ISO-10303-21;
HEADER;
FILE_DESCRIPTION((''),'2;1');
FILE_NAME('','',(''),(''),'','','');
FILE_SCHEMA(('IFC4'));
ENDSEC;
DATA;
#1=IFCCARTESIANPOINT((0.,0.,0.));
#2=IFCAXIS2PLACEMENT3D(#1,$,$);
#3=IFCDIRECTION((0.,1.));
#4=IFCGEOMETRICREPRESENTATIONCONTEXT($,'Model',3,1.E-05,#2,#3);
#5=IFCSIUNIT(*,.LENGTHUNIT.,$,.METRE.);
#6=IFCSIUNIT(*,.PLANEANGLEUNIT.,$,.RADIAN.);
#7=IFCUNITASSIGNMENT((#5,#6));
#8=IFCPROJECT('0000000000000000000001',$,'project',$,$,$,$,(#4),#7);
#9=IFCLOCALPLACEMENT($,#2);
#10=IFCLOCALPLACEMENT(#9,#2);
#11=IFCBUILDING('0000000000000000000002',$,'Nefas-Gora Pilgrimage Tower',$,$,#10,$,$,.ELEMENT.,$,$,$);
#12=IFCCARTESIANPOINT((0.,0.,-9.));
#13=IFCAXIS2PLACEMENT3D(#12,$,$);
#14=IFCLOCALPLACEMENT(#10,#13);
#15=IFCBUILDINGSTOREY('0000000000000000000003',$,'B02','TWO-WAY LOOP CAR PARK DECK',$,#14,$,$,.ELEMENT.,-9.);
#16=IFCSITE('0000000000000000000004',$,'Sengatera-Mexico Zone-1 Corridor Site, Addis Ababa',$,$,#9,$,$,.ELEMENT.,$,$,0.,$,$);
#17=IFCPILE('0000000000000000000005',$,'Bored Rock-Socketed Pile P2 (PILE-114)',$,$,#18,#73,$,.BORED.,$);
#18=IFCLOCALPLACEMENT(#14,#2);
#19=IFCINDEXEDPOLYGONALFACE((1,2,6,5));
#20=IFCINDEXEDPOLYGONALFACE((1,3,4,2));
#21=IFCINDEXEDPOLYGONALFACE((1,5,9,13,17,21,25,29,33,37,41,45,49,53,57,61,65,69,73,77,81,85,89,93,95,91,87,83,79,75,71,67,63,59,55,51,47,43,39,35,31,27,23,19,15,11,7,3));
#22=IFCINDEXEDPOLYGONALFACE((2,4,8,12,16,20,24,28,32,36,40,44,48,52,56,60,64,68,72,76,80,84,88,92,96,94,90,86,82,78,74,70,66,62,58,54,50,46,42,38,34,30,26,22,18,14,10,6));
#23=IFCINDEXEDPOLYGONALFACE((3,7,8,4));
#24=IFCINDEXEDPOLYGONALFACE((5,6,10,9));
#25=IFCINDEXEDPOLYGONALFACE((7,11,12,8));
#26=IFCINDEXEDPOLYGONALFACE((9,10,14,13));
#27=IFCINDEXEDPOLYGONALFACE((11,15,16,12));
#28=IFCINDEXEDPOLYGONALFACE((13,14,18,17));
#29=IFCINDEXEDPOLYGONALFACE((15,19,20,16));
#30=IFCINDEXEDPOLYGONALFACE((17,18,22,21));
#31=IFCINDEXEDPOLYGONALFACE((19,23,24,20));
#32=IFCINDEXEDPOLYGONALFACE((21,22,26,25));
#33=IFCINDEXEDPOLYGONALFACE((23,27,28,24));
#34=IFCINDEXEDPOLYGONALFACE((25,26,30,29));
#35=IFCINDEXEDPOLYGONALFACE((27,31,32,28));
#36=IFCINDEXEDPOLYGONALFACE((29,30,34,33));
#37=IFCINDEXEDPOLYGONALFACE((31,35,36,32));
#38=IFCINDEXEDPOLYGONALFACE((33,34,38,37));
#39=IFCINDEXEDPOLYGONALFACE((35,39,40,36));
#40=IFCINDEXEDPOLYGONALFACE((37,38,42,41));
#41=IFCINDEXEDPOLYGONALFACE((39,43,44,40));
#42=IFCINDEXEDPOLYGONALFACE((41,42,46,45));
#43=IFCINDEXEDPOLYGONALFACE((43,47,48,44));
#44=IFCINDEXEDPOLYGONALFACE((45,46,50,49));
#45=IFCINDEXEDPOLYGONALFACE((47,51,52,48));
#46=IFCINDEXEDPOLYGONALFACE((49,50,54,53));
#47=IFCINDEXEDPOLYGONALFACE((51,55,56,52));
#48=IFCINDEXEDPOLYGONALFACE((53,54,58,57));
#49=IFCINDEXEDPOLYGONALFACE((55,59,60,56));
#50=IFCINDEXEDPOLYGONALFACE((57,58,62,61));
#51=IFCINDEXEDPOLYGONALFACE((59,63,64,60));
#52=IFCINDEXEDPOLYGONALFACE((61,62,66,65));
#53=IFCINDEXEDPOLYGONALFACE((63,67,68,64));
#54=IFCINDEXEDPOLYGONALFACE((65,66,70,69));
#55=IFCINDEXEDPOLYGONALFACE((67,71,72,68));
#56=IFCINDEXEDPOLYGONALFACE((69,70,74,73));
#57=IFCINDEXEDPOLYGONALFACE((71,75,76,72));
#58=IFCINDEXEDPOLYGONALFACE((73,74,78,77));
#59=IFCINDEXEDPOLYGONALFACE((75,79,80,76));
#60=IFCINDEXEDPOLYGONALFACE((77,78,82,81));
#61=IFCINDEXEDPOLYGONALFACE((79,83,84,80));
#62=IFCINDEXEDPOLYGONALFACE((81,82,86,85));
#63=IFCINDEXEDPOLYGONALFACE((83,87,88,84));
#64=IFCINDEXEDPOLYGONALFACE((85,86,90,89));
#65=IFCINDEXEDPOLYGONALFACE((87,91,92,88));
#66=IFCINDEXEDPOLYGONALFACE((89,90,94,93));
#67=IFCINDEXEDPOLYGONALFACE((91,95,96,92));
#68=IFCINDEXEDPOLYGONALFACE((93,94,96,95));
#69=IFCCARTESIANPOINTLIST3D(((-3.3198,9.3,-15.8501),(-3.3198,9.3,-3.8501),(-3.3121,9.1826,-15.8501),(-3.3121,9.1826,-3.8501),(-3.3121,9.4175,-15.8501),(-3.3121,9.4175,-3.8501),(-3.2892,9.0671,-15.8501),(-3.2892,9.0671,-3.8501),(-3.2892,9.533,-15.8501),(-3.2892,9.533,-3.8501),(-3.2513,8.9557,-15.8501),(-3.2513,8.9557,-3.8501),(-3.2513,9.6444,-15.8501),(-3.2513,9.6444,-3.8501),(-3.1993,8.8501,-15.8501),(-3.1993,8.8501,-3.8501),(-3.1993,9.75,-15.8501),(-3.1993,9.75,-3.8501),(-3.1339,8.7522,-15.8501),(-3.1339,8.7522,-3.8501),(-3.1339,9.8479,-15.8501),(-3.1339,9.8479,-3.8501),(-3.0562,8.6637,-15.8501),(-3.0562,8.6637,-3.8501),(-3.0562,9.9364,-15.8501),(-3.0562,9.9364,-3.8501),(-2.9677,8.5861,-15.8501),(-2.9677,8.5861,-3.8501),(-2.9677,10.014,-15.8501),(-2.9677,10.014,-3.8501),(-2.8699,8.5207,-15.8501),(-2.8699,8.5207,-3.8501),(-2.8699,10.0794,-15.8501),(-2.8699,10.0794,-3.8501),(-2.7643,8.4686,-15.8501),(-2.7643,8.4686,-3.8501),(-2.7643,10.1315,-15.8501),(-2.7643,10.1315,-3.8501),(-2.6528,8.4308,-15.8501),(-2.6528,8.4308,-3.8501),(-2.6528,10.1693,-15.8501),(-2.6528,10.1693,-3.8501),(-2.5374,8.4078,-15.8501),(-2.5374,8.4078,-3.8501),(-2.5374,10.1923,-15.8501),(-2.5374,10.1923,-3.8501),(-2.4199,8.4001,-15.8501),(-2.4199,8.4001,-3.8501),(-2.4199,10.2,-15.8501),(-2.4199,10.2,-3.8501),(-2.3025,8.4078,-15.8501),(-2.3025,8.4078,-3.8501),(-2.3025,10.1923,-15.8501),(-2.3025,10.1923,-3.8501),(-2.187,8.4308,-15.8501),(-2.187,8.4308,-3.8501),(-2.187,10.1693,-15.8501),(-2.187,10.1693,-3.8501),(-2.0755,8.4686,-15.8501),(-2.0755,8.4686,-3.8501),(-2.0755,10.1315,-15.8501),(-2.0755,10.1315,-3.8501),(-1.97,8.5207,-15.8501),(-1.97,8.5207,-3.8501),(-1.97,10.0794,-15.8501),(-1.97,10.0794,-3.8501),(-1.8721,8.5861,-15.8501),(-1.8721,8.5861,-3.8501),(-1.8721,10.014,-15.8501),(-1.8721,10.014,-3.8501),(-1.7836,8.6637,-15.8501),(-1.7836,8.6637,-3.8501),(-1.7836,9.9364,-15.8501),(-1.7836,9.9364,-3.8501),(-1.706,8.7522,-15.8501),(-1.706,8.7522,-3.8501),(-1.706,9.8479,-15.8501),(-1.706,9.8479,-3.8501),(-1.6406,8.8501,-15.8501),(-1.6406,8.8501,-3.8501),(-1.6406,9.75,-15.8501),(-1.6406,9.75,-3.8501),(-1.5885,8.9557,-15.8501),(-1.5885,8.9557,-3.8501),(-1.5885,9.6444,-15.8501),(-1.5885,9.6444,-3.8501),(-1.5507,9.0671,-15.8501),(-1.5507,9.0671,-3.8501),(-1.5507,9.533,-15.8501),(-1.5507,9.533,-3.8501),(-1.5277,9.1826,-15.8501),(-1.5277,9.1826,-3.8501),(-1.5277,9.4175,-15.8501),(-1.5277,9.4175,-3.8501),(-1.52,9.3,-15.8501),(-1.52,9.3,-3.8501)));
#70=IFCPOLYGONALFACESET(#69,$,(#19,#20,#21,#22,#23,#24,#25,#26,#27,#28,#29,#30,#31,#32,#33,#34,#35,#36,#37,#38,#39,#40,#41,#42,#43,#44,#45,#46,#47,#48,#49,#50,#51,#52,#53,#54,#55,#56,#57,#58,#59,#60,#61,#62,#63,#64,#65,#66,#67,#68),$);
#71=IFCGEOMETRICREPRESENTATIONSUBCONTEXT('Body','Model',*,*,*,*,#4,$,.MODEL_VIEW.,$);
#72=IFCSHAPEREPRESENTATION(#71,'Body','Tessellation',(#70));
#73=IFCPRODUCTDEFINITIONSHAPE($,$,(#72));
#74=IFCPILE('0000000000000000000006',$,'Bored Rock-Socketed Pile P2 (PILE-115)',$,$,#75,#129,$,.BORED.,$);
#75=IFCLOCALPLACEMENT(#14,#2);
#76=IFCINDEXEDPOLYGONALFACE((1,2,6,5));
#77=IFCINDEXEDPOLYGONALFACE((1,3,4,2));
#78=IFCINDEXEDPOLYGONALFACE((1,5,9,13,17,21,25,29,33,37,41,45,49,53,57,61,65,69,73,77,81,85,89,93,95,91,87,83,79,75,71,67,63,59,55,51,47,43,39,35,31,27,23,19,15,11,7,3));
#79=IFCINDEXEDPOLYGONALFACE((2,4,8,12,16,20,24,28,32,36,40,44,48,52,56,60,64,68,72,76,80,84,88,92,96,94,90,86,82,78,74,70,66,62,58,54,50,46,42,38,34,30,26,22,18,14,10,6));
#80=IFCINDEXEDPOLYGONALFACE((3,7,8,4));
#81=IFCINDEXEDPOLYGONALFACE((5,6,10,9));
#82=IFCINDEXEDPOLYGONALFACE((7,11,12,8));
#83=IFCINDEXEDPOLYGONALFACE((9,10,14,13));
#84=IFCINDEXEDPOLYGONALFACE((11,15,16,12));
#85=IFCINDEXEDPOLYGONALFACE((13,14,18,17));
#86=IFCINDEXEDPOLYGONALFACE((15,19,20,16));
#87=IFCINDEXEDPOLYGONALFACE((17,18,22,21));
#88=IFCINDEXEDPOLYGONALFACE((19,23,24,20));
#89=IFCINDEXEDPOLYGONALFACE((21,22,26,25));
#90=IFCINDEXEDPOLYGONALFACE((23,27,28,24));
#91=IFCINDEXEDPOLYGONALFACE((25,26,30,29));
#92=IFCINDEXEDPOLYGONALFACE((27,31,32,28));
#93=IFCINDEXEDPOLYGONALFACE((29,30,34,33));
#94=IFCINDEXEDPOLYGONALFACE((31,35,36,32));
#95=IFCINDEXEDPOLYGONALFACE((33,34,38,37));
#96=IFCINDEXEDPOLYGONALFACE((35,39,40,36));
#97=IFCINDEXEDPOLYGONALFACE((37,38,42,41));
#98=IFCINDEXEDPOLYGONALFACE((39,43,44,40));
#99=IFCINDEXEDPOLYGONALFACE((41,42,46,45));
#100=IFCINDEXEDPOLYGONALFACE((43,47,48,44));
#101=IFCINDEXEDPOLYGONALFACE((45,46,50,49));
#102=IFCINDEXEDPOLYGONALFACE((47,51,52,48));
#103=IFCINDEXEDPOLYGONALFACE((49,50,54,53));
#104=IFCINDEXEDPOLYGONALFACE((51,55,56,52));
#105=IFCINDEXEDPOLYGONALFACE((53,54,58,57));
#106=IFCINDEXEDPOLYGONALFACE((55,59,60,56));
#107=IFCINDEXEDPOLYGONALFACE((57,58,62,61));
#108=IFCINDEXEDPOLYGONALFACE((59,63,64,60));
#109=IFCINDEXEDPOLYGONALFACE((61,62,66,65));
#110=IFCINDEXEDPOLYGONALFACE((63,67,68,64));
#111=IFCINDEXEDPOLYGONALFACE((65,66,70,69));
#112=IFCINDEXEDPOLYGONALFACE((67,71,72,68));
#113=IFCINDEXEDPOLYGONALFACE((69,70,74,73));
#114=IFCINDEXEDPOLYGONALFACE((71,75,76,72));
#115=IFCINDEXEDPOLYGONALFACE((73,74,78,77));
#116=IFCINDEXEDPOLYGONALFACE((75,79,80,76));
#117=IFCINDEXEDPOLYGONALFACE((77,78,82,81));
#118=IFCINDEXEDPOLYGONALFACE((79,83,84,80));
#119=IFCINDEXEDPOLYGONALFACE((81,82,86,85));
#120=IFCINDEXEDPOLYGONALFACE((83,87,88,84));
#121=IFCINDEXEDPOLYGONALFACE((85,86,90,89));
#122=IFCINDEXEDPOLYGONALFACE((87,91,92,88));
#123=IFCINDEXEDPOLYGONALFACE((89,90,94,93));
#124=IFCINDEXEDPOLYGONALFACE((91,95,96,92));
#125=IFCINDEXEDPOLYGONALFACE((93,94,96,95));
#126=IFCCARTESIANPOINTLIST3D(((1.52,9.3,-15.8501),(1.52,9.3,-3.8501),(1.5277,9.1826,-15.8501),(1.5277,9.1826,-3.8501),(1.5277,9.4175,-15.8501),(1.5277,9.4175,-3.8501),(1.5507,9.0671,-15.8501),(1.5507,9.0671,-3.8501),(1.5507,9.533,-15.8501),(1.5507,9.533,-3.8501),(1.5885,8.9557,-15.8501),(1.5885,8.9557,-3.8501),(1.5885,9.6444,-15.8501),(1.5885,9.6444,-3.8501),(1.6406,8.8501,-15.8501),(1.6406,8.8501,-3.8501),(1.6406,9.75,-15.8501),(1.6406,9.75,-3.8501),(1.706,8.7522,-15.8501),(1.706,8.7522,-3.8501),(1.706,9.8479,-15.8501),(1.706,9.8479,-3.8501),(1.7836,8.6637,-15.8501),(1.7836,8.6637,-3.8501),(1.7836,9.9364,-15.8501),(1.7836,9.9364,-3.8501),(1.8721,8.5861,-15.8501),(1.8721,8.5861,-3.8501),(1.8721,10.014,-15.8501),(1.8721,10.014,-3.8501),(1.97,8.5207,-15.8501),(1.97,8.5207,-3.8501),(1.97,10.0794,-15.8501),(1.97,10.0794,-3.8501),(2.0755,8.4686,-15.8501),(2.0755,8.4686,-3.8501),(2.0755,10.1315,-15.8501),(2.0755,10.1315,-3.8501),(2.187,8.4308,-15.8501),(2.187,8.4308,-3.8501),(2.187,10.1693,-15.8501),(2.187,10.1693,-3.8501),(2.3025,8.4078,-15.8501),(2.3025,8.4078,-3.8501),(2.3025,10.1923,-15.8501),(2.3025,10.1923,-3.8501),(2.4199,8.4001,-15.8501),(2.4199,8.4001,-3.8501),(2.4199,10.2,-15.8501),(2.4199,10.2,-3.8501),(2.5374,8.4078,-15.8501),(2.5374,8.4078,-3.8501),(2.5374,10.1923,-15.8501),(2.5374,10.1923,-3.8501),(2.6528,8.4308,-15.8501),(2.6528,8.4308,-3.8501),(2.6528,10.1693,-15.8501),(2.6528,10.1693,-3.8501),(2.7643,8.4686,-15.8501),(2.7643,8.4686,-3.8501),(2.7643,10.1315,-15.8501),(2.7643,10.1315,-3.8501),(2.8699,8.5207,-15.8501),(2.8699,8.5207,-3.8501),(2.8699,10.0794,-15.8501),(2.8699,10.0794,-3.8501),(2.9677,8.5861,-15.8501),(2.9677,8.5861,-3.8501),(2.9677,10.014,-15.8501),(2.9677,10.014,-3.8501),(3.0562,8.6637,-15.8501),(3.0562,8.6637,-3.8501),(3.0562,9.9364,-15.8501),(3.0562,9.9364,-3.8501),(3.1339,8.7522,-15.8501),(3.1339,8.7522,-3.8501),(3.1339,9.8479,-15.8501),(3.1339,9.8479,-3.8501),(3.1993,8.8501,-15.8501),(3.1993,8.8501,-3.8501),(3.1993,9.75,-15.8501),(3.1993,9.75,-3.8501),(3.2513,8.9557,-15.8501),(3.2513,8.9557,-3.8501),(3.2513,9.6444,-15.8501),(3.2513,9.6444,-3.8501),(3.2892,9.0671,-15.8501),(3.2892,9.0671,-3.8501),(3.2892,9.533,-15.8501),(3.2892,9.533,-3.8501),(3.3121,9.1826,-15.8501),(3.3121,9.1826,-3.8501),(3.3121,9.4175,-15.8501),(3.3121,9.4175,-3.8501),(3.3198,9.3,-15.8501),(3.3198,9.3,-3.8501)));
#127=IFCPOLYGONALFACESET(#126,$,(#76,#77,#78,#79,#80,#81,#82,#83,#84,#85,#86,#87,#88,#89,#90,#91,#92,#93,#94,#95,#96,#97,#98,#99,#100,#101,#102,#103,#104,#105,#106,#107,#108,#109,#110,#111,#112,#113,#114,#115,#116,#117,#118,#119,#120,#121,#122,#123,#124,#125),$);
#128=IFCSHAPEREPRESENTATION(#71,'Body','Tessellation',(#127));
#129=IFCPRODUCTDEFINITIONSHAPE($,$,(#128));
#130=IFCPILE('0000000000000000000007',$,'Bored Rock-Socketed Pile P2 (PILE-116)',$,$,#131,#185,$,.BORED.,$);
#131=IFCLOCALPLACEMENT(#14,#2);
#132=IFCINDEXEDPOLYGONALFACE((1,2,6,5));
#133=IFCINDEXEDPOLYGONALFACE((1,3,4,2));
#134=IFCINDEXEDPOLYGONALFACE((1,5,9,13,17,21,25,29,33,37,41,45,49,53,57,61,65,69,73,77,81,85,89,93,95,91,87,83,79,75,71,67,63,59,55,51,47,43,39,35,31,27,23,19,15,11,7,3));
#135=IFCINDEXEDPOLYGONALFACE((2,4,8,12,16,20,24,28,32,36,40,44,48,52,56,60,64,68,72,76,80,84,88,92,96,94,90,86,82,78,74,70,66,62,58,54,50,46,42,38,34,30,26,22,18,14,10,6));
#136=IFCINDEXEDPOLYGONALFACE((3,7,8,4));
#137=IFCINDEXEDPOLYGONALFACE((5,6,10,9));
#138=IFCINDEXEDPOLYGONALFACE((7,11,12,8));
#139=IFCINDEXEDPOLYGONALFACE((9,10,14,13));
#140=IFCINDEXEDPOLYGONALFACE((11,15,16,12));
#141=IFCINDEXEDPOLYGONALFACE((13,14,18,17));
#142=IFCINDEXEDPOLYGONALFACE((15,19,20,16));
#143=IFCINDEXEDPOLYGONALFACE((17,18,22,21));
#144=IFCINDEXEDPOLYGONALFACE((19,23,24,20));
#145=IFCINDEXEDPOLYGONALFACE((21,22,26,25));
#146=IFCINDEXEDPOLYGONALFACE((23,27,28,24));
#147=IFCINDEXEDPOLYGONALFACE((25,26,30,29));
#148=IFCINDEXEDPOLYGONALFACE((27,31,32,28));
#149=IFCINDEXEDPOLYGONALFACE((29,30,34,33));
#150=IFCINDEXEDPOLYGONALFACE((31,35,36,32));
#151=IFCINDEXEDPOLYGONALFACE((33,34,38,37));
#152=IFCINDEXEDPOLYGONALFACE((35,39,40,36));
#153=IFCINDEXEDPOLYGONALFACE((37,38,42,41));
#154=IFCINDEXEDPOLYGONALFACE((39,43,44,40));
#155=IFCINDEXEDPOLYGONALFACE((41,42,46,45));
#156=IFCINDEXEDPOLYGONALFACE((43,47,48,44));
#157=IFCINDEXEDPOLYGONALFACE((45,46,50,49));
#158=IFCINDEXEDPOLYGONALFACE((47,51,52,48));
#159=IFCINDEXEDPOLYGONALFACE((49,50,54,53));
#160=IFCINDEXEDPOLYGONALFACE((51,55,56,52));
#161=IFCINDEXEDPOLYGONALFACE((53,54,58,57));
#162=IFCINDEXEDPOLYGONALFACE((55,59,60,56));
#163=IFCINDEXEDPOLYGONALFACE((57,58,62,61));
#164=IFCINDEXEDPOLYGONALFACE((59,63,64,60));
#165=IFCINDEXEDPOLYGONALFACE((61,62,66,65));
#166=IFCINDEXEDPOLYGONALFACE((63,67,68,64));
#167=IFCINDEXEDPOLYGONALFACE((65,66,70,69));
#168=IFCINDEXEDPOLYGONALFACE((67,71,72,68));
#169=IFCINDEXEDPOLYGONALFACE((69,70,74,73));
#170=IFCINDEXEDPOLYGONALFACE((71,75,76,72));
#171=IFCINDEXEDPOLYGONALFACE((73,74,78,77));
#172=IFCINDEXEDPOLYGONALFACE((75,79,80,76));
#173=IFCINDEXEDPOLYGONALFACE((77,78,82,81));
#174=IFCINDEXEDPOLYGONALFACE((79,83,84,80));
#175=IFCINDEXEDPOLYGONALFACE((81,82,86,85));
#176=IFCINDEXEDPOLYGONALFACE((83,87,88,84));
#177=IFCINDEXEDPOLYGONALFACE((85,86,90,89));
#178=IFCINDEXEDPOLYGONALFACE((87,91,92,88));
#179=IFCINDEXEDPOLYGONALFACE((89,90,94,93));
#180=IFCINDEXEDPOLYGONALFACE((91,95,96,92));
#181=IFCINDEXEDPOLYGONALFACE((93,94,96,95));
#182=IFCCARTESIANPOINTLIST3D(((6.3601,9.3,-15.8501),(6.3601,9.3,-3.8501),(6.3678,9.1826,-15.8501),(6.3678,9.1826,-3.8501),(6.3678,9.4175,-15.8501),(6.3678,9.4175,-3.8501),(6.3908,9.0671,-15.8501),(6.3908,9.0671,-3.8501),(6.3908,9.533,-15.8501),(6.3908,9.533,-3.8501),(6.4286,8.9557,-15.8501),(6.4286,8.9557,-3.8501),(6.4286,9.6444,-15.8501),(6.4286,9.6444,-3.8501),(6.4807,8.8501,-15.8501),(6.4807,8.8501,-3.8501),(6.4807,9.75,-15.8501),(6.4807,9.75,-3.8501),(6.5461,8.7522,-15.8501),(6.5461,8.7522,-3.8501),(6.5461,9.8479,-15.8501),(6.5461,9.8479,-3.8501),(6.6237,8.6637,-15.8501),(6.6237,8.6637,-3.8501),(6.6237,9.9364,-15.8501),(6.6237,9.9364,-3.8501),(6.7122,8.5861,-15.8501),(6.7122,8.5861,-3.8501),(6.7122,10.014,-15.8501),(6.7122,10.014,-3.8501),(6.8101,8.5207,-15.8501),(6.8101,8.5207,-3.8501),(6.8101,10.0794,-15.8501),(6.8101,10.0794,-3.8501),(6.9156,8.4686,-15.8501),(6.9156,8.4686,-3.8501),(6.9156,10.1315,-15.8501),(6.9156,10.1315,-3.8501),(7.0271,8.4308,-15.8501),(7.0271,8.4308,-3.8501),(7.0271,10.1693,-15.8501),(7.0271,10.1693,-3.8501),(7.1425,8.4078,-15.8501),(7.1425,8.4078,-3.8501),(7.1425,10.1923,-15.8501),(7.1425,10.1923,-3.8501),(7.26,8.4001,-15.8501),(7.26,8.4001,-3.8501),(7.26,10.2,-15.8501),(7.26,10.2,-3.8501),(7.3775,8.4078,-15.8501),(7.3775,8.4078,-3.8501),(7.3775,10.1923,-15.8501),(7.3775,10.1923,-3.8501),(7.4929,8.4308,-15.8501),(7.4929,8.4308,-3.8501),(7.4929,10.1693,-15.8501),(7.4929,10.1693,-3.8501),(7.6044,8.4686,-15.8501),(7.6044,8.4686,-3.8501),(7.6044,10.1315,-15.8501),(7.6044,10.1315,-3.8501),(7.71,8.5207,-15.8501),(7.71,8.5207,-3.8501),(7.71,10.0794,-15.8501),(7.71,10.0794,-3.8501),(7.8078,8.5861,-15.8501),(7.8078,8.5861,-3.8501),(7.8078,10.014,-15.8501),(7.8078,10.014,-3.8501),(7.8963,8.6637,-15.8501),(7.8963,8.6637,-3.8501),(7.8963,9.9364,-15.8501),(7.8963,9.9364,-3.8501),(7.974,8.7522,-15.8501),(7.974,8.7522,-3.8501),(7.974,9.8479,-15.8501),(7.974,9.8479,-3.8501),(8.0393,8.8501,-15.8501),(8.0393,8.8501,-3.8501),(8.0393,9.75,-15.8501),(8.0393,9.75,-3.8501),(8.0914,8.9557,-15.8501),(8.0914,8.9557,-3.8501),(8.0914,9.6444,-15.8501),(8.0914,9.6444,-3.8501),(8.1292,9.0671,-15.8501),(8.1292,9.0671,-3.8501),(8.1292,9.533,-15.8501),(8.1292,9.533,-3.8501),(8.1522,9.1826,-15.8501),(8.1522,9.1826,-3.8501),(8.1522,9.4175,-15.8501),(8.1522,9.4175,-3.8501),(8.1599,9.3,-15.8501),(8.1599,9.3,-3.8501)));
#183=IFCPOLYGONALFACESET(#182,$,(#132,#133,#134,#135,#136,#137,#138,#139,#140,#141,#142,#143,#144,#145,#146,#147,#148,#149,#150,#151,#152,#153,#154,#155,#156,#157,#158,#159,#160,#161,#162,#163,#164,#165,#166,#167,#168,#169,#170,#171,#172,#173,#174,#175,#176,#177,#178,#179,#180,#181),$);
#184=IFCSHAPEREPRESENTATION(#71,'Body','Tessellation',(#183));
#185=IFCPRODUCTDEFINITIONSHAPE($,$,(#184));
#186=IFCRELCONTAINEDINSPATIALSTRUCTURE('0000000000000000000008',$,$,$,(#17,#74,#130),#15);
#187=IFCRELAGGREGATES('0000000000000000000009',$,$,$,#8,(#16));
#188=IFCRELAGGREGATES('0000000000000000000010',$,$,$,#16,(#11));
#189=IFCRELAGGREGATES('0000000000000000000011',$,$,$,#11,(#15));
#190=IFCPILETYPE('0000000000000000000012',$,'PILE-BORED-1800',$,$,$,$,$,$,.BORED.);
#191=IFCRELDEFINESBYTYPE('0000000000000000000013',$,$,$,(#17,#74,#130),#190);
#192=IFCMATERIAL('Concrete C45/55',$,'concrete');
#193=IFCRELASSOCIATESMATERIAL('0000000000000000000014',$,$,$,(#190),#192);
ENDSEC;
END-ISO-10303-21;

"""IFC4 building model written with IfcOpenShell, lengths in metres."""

from ifc_helpers import new_model, si_unit, direction, frame, origin, origin_2d, place, context, subcontext, project, spatial, circle, extrude, source, transform, mapped, material, material_profile, profile_set, type_object, element, save


model = new_model("IFC4")

# Units and contexts
model_context = context("Model", 3, precision=1e-05, world=origin(), true_north=direction((0.0, 1.0)))
body_context = subcontext(model_context, "Body", "Model", "MODEL_VIEW")
ifc_project = project(units=[si_unit("LENGTHUNIT", "METRE"), si_unit("PLANEANGLEUNIT", "RADIAN")], contexts=[model_context])

# Site, building, storey
site_placement = place(None, origin())
site = spatial("IfcSite", under=ifc_project, at=site_placement, Name="Sengatera-Mexico Zone-1 Corridor Site, Addis Ababa", CompositionType="ELEMENT", RefElevation=0.0)
building_placement = place(site_placement, origin())
building = spatial("IfcBuilding", under=site, at=building_placement, Name="Nefas-Gora Pilgrimage Tower", CompositionType="ELEMENT")
storey_placement = place(building_placement, frame((0.0, 0.0, -9.0)))
storey = spatial("IfcBuildingStorey", under=building, at=storey_placement, Name="B02", Description="TWO-WAY LOOP CAR PARK DECK", CompositionType="ELEMENT", Elevation=-9.0)

# Piles
ifc_material_1 = material(Name="Concrete C45/55", Category="concrete")
ifc_material_profile_1 = material_profile(ifc_material_1, circle(Radius=0.8999, at=origin_2d()), Name="PILE D1800")
ifc_profile_set_1 = profile_set([ifc_material_profile_1], Name="Concrete C45/55")
pile_type_1 = type_object("IfcPileType", Name="PILE-BORED-1800", PredefinedType="BORED", material=ifc_profile_set_1)
shared_shape_1 = source(origin(), body_context, "Body", "SweptSolid", [
    extrude(circle(Radius=0.8999, at=origin_2d()), origin(), (0.0, 0.0, 1.0), 12.0),
])
for number, where, z_axis, x_axis, name in (
    (1, (-2.4199, 9.3, -3.8501), (0.0, 0.0, -1.0), (1.0, 0.0, 0.0), "Bored Rock-Socketed Pile P2 (PILE-114)"),
    (2, (2.4199, 9.3, -3.8501), (0.0, 0.0, -1.0), (1.0, 0.0, 0.0), "Bored Rock-Socketed Pile P2 (PILE-115)"),
    (3, (7.26, 9.3, -3.8501), (0.0, 0.0, -1.0), (1.0, 0.0, 0.0), "Bored Rock-Socketed Pile P2 (PILE-116)"),
):
    element("IfcPile", number, at=place(storey_placement, frame(where, z_axis=z_axis, x_axis=x_axis)), inside=storey, type_object=pile_type_1, Name=name, PredefinedType="BORED", context=body_context, shape_type="MappedRepresentation", body=[
        mapped(shared_shape_1, transform((0.0, 0.0, 0.0), x_axis=(1.0, 0.0, 0.0), y_axis=(0.0, 1.0, 0.0), z_axis=(0.0, 0.0, 1.0), scale=1.0)),
    ])

save(model, "model.ifc")
